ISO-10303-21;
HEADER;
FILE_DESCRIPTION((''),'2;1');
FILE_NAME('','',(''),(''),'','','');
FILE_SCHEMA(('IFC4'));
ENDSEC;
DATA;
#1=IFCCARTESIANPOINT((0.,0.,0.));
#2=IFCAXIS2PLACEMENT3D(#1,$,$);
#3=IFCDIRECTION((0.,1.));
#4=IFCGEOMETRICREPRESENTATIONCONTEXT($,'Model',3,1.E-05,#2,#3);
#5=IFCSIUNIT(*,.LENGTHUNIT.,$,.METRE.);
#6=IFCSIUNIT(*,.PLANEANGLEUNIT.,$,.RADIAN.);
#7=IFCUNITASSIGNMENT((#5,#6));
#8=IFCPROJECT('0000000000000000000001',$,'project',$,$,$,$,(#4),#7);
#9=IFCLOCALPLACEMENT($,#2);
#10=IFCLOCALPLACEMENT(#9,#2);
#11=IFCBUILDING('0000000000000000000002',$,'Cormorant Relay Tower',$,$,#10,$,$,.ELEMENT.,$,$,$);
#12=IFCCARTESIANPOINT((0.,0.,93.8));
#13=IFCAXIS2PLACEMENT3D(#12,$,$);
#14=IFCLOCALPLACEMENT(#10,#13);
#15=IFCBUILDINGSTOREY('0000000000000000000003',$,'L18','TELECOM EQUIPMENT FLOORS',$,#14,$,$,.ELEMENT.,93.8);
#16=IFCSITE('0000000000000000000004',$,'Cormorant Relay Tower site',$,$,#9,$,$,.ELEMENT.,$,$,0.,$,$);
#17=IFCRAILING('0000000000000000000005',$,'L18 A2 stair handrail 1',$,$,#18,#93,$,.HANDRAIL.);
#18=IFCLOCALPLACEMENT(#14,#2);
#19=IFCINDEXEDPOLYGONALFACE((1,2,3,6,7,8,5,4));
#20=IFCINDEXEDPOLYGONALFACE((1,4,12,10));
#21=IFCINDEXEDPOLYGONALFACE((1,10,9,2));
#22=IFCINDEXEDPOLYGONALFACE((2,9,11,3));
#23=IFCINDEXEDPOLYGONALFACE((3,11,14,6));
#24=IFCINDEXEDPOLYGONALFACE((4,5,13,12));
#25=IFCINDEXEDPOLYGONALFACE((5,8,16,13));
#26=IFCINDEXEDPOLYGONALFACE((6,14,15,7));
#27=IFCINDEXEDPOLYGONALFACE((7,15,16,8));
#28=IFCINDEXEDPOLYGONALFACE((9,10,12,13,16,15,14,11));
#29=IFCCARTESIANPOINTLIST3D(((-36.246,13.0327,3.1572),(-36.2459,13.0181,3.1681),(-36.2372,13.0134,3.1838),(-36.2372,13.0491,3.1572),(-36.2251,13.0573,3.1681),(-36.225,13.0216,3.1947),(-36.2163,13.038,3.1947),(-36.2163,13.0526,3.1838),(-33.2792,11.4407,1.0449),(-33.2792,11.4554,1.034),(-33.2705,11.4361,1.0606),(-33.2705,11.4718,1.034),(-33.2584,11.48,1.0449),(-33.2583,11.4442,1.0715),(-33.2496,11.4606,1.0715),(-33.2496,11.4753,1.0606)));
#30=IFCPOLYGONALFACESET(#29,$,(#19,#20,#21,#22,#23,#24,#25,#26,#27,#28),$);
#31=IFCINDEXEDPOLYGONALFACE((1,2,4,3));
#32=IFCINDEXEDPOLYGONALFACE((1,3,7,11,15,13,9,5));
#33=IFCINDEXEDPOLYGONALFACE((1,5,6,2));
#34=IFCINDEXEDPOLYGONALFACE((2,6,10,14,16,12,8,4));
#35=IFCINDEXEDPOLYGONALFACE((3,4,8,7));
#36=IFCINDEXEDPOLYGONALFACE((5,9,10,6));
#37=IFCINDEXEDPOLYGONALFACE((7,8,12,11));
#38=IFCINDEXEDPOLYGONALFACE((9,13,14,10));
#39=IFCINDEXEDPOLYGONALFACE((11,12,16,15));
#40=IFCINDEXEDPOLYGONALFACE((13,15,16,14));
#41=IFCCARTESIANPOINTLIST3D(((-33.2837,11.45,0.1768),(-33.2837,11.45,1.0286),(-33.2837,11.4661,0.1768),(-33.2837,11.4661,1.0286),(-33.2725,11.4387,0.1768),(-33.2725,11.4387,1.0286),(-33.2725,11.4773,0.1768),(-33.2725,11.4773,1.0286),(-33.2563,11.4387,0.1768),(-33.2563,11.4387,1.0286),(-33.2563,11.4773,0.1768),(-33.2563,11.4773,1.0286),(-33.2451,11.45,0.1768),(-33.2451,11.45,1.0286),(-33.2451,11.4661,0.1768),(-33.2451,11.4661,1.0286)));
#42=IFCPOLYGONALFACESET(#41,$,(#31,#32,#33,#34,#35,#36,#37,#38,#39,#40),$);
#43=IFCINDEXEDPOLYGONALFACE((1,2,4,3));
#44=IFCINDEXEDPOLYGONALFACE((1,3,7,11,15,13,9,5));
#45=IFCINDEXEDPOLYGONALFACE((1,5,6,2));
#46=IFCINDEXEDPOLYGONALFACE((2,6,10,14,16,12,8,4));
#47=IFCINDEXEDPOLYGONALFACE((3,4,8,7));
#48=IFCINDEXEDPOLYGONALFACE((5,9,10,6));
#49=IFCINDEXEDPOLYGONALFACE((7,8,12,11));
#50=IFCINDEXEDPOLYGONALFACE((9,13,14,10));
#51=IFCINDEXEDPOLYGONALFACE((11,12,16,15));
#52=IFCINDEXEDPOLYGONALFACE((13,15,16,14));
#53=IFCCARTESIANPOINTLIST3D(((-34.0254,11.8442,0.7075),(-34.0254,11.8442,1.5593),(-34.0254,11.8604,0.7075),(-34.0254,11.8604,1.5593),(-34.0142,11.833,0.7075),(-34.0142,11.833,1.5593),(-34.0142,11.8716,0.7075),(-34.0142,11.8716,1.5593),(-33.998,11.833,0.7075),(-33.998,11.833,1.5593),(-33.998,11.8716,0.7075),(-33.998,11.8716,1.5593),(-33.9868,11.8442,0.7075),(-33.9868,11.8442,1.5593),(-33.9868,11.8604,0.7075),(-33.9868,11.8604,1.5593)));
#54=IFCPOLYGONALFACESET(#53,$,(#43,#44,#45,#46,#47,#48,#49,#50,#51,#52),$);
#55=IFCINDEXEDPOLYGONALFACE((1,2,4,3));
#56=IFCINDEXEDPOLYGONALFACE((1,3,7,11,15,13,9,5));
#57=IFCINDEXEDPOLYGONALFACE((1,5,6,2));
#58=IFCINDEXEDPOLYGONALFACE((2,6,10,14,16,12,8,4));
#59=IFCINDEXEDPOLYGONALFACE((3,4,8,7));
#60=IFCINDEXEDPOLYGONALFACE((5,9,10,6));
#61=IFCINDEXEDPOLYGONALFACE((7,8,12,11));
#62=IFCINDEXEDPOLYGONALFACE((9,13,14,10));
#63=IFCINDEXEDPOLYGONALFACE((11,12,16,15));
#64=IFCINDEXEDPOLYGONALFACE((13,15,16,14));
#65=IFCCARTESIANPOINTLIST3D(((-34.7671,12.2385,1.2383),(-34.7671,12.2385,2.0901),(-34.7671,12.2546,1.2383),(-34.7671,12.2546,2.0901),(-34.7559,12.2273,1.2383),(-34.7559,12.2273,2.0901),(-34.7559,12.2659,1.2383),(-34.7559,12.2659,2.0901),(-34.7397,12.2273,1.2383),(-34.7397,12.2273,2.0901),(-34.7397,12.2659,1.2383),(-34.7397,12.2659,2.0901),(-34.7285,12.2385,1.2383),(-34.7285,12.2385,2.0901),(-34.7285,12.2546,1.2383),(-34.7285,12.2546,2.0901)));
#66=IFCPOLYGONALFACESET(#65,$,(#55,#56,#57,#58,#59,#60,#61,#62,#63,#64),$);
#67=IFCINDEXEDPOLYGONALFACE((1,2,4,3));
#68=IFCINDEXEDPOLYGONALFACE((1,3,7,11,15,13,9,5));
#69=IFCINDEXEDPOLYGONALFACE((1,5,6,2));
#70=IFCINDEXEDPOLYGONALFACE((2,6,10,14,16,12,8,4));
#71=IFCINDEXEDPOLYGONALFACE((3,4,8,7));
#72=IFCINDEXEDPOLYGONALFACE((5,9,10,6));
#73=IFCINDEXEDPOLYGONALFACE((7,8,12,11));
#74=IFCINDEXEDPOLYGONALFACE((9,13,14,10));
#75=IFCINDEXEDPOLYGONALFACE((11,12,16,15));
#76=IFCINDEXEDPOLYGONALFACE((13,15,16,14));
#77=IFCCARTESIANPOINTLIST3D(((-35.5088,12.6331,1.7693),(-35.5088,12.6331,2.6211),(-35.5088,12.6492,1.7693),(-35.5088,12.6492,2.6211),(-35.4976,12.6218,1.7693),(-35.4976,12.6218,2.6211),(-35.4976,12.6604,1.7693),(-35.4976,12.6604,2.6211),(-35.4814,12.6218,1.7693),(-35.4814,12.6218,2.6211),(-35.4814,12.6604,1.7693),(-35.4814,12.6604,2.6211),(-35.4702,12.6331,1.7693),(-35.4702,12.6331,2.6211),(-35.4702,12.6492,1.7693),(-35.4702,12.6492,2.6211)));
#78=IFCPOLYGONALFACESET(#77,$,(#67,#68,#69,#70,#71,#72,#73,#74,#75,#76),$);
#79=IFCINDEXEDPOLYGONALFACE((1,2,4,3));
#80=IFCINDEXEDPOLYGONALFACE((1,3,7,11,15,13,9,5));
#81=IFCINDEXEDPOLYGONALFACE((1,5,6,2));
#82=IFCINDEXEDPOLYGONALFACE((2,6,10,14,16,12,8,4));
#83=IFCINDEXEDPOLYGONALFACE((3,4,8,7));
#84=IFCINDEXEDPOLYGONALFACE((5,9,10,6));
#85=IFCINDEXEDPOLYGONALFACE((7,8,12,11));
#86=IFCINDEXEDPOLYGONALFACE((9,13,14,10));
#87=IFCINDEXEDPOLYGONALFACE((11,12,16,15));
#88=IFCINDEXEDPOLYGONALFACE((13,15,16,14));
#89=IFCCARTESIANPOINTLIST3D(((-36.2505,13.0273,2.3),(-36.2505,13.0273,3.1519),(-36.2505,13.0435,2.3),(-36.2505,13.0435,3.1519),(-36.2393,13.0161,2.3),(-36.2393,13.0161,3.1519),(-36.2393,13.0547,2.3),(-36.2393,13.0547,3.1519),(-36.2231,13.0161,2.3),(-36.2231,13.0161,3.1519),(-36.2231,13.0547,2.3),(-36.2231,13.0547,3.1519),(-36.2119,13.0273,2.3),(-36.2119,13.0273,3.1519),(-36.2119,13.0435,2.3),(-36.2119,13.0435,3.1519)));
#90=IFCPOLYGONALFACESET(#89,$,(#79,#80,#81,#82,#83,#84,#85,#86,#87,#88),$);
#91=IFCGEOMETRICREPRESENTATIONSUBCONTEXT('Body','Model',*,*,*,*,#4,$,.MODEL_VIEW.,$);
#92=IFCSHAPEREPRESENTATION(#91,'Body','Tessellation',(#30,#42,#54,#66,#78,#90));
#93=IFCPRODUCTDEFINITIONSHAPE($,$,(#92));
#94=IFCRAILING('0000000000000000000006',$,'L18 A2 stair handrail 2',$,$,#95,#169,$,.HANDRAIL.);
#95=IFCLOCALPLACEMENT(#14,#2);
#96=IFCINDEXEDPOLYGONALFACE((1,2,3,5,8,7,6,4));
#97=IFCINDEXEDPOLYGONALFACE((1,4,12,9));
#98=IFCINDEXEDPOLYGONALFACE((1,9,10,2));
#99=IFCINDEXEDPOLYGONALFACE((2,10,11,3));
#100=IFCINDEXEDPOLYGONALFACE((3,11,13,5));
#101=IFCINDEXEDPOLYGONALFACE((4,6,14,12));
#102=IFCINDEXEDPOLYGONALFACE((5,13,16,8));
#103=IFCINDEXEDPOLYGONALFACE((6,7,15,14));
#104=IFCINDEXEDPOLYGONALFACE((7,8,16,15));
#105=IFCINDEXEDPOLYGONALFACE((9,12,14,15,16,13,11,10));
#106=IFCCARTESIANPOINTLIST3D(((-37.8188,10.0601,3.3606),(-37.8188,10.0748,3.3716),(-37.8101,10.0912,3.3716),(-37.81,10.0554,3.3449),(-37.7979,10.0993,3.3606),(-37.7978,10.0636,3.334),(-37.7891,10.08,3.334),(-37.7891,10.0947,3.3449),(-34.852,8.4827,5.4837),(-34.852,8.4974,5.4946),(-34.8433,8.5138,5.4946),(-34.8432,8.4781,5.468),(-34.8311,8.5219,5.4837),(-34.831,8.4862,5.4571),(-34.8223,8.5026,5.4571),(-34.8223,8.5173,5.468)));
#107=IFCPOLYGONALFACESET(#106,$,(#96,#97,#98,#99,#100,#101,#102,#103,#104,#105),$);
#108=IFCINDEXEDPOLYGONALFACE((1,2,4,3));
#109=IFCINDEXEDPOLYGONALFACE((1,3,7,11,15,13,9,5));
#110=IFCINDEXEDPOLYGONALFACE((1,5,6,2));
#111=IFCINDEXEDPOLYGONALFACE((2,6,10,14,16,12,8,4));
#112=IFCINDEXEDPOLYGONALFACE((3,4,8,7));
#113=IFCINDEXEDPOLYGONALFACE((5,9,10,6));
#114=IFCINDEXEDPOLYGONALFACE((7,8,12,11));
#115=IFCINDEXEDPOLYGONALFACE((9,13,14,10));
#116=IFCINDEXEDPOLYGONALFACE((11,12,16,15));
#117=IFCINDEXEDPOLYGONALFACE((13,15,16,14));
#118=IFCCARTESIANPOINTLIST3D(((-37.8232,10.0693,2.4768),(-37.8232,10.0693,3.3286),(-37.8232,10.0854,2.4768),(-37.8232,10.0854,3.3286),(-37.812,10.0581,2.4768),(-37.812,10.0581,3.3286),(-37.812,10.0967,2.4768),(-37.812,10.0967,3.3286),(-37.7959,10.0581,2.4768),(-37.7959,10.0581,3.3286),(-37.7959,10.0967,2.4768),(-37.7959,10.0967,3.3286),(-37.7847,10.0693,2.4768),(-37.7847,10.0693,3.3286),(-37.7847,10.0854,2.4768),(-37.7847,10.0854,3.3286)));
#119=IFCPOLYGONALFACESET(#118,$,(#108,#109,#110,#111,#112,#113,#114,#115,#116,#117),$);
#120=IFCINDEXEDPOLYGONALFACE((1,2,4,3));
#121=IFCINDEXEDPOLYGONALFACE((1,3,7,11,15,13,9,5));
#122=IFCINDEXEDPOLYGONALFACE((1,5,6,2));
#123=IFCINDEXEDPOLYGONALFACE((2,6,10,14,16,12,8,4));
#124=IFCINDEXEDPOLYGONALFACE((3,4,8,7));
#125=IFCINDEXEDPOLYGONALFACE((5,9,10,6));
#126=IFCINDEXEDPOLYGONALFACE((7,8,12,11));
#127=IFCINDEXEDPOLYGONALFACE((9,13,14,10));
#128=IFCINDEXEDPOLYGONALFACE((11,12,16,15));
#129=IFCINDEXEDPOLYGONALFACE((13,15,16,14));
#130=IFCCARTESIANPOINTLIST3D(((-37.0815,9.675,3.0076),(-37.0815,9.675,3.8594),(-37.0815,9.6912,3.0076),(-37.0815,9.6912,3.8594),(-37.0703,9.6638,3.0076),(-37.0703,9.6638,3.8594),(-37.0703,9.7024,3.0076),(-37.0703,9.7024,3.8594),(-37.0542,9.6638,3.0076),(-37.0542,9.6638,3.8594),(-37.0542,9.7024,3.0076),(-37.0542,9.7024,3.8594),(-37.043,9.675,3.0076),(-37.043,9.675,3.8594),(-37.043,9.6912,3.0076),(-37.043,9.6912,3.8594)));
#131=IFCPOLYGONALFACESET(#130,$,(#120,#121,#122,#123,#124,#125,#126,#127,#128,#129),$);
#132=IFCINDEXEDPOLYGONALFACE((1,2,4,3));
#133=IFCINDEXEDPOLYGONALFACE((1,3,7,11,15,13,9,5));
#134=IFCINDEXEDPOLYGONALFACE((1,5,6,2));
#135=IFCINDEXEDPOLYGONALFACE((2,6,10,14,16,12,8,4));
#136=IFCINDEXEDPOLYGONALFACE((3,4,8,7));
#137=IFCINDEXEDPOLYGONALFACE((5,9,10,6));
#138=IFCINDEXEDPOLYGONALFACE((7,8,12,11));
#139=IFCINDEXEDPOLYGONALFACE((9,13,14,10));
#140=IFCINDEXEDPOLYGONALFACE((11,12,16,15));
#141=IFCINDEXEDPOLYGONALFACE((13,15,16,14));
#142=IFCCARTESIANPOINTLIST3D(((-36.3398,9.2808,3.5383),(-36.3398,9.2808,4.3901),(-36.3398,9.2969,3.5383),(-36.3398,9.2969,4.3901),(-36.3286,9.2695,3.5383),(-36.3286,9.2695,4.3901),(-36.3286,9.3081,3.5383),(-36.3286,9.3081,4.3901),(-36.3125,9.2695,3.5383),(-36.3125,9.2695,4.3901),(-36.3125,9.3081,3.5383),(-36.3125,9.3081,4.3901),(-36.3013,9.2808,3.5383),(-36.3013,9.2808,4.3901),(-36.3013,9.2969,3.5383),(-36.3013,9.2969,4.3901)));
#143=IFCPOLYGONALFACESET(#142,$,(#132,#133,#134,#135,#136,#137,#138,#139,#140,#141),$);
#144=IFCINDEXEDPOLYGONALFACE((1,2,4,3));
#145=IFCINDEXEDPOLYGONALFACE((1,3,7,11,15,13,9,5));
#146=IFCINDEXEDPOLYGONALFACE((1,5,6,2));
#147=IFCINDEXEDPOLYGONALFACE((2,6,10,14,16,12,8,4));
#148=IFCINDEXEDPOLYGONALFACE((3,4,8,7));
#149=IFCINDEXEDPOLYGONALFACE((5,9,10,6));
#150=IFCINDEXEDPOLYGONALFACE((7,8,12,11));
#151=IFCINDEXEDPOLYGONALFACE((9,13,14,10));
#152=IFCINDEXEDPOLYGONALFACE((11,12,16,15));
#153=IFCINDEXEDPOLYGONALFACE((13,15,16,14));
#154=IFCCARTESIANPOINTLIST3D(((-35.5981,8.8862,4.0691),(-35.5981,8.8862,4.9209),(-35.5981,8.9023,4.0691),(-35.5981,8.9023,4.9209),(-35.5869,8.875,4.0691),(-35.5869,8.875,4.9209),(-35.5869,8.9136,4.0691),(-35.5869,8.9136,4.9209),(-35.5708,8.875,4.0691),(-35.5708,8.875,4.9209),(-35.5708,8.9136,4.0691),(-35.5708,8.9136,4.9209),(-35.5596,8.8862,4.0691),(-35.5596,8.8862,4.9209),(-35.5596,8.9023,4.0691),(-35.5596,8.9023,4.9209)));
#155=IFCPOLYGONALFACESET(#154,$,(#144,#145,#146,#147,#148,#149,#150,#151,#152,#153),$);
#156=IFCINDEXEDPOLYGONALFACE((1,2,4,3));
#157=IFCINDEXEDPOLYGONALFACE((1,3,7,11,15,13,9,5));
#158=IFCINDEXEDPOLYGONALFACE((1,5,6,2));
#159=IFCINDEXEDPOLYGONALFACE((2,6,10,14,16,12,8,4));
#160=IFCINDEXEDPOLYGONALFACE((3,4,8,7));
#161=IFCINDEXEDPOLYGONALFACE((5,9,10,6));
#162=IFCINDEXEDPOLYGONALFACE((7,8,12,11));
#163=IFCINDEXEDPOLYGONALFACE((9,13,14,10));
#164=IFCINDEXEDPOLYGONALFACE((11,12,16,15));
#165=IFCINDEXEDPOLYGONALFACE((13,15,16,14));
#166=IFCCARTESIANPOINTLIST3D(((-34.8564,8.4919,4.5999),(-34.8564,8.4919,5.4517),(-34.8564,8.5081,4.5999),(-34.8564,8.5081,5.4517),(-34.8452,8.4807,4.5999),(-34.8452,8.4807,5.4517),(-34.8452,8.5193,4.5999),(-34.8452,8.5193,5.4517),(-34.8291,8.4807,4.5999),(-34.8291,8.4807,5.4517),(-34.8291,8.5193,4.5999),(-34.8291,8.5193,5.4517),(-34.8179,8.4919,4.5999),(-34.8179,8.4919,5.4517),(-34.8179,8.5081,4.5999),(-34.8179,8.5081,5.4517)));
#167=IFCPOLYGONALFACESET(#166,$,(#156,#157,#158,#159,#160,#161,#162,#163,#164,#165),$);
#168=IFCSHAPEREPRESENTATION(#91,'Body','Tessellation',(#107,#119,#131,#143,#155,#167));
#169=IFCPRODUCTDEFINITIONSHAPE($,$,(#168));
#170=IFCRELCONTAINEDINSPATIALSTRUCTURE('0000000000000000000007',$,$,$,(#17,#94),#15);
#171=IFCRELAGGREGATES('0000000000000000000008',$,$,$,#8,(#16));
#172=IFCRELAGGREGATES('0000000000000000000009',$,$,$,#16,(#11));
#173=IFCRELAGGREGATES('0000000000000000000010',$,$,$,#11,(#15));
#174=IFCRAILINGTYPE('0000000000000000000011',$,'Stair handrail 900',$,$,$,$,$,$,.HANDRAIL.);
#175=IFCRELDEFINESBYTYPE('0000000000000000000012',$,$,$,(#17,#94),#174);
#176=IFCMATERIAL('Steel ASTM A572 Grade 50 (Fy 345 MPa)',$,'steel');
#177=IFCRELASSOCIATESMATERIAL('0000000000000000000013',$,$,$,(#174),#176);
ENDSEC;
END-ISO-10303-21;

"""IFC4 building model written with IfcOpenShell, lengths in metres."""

from ifc_helpers import new_model, si_unit, direction, frame, origin, place, context, subcontext, project, spatial, polyline, outline, extrude, material, type_object, element, save


model = new_model("IFC4")

# Units and contexts
model_context = context("Model", 3, precision=1e-05, world=origin(), true_north=direction((0.0, 1.0)))
body_context = subcontext(model_context, "Body", "Model", "MODEL_VIEW")
ifc_project = project(units=[si_unit("LENGTHUNIT", "METRE"), si_unit("PLANEANGLEUNIT", "RADIAN")], contexts=[model_context])

# Site, building, storey
site_placement = place(None, origin())
site = spatial("IfcSite", under=ifc_project, at=site_placement, Name="Cormorant Relay Tower site", CompositionType="ELEMENT", RefElevation=0.0)
building_placement = place(site_placement, origin())
building = spatial("IfcBuilding", under=site, at=building_placement, Name="Cormorant Relay Tower", CompositionType="ELEMENT")
storey_placement = place(building_placement, frame((0.0, 0.0, 93.8)))
storey = spatial("IfcBuildingStorey", under=building, at=storey_placement, Name="L18", Description="TELECOM EQUIPMENT FLOORS", CompositionType="ELEMENT", Elevation=93.8)

# Railings
ifc_material_1 = material(Name="Steel ASTM A572 Grade 50 (Fy 345 MPa)", Category="steel")
railing_type_1 = type_object("IfcRailingType", Name="Stair handrail 900", PredefinedType="HANDRAIL", material=ifc_material_1)
railing_1_placement = place(storey_placement, frame((-33.2644, 11.458, 0.1768)))
element("IfcRailing", 1, at=railing_1_placement, inside=storey, type_object=railing_type_1, Name="L18 A2 stair handrail 1", PredefinedType="HANDRAIL", context=body_context, shape_type="SweptSolid", body=[
    extrude(outline(polyline([(0.0222, 0.0093), (0.0093, 0.0222), (-0.0093, 0.0222), (-0.0222, 0.0093), (-0.0222, -0.0093), (-0.0093, -0.0222), (0.0093, -0.0222), (0.0222, -0.0093), (0.0222, 0.0093)])), frame((0.0, 0.0, 0.876), z_axis=(-0.746416, 0.396856, 0.534199), x_axis=(-0.469453, -0.882958, 0.0)), (0.0, 0.0, 1.0), 3.9746),
    extrude(outline(polyline([(0.0193, 0.0081), (0.0081, 0.0193), (-0.0081, 0.0193), (-0.0193, 0.0081), (-0.0193, -0.0081), (-0.0081, -0.0193), (0.0081, -0.0193), (0.0193, -0.0081), (0.0193, 0.0081)])), origin(), (0.0, 0.0, 1.0), 0.8518),
    extrude(outline(polyline([(0.0193, 0.0081), (0.0081, 0.0193), (-0.0081, 0.0193), (-0.0193, 0.0081), (-0.0193, -0.0081), (-0.0081, -0.0193), (0.0081, -0.0193), (0.0193, -0.0081), (0.0193, 0.0081)])), frame((-0.7417, 0.3943, 0.5308)), (0.0, 0.0, 1.0), 0.8518),
    extrude(outline(polyline([(0.0193, 0.0081), (0.0081, 0.0193), (-0.0081, 0.0193), (-0.0193, 0.0081), (-0.0193, -0.0081), (-0.0081, -0.0193), (0.0081, -0.0193), (0.0193, -0.0081), (0.0193, 0.0081)])), frame((-1.4834, 0.7886, 1.0615)), (0.0, 0.0, 1.0), 0.8518),
    extrude(outline(polyline([(0.0193, 0.0081), (0.0081, 0.0193), (-0.0081, 0.0193), (-0.0193, 0.0081), (-0.0193, -0.0081), (-0.0081, -0.0193), (0.0081, -0.0193), (0.0193, -0.0081), (0.0193, 0.0081)])), frame((-2.2251, 1.1831, 1.5925)), (0.0, 0.0, 1.0), 0.8518),
    extrude(outline(polyline([(0.0193, 0.0081), (0.0081, 0.0193), (-0.0081, 0.0193), (-0.0193, 0.0081), (-0.0193, -0.0081), (-0.0081, -0.0193), (0.0081, -0.0193), (0.0193, -0.0081), (0.0193, 0.0081)])), frame((-2.9668, 1.5774, 2.1233)), (0.0, 0.0, 1.0), 0.8518),
])
railing_2_placement = place(storey_placement, frame((-37.804, 10.0774, 2.4768)))
element("IfcRailing", 2, at=railing_2_placement, inside=storey, type_object=railing_type_1, Name="L18 A2 stair handrail 2", PredefinedType="HANDRAIL", context=body_context, shape_type="SweptSolid", body=[
    extrude(outline(polyline([(0.0222, 0.0093), (0.0093, 0.0222), (-0.0093, 0.0222), (-0.0222, 0.0093), (-0.0222, -0.0093), (-0.0093, -0.0222), (0.0093, -0.0222), (0.0222, -0.0093), (0.0222, 0.0093)])), frame((0.0, 0.0, 0.876), z_axis=(0.746441, -0.396869, 0.534155), x_axis=(0.469453, 0.882958, 0.0)), (0.0, 0.0, 1.0), 3.9746),
    extrude(outline(polyline([(0.0193, 0.0081), (0.0081, 0.0193), (-0.0081, 0.0193), (-0.0193, 0.0081), (-0.0193, -0.0081), (-0.0081, -0.0193), (0.0081, -0.0193), (0.0193, -0.0081), (0.0193, 0.0081)])), origin(), (0.0, 0.0, 1.0), 0.8518),
    extrude(outline(polyline([(0.0193, 0.0081), (0.0081, 0.0193), (-0.0081, 0.0193), (-0.0193, 0.0081), (-0.0193, -0.0081), (-0.0081, -0.0193), (0.0081, -0.0193), (0.0193, -0.0081), (0.0193, 0.0081)])), frame((0.7417, -0.3943, 0.5308)), (0.0, 0.0, 1.0), 0.8518),
    extrude(outline(polyline([(0.0193, 0.0081), (0.0081, 0.0193), (-0.0081, 0.0193), (-0.0193, 0.0081), (-0.0193, -0.0081), (-0.0081, -0.0193), (0.0081, -0.0193), (0.0193, -0.0081), (0.0193, 0.0081)])), frame((1.4834, -0.7886, 1.0615)), (0.0, 0.0, 1.0), 0.8518),
    extrude(outline(polyline([(0.0193, 0.0081), (0.0081, 0.0193), (-0.0081, 0.0193), (-0.0193, 0.0081), (-0.0193, -0.0081), (-0.0081, -0.0193), (0.0081, -0.0193), (0.0193, -0.0081), (0.0193, 0.0081)])), frame((2.2251, -1.1831, 1.5923)), (0.0, 0.0, 1.0), 0.8518),
    extrude(outline(polyline([(0.0193, 0.0081), (0.0081, 0.0193), (-0.0081, 0.0193), (-0.0193, 0.0081), (-0.0193, -0.0081), (-0.0081, -0.0193), (0.0081, -0.0193), (0.0193, -0.0081), (0.0193, 0.0081)])), frame((2.9668, -1.5774, 2.123)), (0.0, 0.0, 1.0), 0.8518),
])

save(model, "model.ifc")
